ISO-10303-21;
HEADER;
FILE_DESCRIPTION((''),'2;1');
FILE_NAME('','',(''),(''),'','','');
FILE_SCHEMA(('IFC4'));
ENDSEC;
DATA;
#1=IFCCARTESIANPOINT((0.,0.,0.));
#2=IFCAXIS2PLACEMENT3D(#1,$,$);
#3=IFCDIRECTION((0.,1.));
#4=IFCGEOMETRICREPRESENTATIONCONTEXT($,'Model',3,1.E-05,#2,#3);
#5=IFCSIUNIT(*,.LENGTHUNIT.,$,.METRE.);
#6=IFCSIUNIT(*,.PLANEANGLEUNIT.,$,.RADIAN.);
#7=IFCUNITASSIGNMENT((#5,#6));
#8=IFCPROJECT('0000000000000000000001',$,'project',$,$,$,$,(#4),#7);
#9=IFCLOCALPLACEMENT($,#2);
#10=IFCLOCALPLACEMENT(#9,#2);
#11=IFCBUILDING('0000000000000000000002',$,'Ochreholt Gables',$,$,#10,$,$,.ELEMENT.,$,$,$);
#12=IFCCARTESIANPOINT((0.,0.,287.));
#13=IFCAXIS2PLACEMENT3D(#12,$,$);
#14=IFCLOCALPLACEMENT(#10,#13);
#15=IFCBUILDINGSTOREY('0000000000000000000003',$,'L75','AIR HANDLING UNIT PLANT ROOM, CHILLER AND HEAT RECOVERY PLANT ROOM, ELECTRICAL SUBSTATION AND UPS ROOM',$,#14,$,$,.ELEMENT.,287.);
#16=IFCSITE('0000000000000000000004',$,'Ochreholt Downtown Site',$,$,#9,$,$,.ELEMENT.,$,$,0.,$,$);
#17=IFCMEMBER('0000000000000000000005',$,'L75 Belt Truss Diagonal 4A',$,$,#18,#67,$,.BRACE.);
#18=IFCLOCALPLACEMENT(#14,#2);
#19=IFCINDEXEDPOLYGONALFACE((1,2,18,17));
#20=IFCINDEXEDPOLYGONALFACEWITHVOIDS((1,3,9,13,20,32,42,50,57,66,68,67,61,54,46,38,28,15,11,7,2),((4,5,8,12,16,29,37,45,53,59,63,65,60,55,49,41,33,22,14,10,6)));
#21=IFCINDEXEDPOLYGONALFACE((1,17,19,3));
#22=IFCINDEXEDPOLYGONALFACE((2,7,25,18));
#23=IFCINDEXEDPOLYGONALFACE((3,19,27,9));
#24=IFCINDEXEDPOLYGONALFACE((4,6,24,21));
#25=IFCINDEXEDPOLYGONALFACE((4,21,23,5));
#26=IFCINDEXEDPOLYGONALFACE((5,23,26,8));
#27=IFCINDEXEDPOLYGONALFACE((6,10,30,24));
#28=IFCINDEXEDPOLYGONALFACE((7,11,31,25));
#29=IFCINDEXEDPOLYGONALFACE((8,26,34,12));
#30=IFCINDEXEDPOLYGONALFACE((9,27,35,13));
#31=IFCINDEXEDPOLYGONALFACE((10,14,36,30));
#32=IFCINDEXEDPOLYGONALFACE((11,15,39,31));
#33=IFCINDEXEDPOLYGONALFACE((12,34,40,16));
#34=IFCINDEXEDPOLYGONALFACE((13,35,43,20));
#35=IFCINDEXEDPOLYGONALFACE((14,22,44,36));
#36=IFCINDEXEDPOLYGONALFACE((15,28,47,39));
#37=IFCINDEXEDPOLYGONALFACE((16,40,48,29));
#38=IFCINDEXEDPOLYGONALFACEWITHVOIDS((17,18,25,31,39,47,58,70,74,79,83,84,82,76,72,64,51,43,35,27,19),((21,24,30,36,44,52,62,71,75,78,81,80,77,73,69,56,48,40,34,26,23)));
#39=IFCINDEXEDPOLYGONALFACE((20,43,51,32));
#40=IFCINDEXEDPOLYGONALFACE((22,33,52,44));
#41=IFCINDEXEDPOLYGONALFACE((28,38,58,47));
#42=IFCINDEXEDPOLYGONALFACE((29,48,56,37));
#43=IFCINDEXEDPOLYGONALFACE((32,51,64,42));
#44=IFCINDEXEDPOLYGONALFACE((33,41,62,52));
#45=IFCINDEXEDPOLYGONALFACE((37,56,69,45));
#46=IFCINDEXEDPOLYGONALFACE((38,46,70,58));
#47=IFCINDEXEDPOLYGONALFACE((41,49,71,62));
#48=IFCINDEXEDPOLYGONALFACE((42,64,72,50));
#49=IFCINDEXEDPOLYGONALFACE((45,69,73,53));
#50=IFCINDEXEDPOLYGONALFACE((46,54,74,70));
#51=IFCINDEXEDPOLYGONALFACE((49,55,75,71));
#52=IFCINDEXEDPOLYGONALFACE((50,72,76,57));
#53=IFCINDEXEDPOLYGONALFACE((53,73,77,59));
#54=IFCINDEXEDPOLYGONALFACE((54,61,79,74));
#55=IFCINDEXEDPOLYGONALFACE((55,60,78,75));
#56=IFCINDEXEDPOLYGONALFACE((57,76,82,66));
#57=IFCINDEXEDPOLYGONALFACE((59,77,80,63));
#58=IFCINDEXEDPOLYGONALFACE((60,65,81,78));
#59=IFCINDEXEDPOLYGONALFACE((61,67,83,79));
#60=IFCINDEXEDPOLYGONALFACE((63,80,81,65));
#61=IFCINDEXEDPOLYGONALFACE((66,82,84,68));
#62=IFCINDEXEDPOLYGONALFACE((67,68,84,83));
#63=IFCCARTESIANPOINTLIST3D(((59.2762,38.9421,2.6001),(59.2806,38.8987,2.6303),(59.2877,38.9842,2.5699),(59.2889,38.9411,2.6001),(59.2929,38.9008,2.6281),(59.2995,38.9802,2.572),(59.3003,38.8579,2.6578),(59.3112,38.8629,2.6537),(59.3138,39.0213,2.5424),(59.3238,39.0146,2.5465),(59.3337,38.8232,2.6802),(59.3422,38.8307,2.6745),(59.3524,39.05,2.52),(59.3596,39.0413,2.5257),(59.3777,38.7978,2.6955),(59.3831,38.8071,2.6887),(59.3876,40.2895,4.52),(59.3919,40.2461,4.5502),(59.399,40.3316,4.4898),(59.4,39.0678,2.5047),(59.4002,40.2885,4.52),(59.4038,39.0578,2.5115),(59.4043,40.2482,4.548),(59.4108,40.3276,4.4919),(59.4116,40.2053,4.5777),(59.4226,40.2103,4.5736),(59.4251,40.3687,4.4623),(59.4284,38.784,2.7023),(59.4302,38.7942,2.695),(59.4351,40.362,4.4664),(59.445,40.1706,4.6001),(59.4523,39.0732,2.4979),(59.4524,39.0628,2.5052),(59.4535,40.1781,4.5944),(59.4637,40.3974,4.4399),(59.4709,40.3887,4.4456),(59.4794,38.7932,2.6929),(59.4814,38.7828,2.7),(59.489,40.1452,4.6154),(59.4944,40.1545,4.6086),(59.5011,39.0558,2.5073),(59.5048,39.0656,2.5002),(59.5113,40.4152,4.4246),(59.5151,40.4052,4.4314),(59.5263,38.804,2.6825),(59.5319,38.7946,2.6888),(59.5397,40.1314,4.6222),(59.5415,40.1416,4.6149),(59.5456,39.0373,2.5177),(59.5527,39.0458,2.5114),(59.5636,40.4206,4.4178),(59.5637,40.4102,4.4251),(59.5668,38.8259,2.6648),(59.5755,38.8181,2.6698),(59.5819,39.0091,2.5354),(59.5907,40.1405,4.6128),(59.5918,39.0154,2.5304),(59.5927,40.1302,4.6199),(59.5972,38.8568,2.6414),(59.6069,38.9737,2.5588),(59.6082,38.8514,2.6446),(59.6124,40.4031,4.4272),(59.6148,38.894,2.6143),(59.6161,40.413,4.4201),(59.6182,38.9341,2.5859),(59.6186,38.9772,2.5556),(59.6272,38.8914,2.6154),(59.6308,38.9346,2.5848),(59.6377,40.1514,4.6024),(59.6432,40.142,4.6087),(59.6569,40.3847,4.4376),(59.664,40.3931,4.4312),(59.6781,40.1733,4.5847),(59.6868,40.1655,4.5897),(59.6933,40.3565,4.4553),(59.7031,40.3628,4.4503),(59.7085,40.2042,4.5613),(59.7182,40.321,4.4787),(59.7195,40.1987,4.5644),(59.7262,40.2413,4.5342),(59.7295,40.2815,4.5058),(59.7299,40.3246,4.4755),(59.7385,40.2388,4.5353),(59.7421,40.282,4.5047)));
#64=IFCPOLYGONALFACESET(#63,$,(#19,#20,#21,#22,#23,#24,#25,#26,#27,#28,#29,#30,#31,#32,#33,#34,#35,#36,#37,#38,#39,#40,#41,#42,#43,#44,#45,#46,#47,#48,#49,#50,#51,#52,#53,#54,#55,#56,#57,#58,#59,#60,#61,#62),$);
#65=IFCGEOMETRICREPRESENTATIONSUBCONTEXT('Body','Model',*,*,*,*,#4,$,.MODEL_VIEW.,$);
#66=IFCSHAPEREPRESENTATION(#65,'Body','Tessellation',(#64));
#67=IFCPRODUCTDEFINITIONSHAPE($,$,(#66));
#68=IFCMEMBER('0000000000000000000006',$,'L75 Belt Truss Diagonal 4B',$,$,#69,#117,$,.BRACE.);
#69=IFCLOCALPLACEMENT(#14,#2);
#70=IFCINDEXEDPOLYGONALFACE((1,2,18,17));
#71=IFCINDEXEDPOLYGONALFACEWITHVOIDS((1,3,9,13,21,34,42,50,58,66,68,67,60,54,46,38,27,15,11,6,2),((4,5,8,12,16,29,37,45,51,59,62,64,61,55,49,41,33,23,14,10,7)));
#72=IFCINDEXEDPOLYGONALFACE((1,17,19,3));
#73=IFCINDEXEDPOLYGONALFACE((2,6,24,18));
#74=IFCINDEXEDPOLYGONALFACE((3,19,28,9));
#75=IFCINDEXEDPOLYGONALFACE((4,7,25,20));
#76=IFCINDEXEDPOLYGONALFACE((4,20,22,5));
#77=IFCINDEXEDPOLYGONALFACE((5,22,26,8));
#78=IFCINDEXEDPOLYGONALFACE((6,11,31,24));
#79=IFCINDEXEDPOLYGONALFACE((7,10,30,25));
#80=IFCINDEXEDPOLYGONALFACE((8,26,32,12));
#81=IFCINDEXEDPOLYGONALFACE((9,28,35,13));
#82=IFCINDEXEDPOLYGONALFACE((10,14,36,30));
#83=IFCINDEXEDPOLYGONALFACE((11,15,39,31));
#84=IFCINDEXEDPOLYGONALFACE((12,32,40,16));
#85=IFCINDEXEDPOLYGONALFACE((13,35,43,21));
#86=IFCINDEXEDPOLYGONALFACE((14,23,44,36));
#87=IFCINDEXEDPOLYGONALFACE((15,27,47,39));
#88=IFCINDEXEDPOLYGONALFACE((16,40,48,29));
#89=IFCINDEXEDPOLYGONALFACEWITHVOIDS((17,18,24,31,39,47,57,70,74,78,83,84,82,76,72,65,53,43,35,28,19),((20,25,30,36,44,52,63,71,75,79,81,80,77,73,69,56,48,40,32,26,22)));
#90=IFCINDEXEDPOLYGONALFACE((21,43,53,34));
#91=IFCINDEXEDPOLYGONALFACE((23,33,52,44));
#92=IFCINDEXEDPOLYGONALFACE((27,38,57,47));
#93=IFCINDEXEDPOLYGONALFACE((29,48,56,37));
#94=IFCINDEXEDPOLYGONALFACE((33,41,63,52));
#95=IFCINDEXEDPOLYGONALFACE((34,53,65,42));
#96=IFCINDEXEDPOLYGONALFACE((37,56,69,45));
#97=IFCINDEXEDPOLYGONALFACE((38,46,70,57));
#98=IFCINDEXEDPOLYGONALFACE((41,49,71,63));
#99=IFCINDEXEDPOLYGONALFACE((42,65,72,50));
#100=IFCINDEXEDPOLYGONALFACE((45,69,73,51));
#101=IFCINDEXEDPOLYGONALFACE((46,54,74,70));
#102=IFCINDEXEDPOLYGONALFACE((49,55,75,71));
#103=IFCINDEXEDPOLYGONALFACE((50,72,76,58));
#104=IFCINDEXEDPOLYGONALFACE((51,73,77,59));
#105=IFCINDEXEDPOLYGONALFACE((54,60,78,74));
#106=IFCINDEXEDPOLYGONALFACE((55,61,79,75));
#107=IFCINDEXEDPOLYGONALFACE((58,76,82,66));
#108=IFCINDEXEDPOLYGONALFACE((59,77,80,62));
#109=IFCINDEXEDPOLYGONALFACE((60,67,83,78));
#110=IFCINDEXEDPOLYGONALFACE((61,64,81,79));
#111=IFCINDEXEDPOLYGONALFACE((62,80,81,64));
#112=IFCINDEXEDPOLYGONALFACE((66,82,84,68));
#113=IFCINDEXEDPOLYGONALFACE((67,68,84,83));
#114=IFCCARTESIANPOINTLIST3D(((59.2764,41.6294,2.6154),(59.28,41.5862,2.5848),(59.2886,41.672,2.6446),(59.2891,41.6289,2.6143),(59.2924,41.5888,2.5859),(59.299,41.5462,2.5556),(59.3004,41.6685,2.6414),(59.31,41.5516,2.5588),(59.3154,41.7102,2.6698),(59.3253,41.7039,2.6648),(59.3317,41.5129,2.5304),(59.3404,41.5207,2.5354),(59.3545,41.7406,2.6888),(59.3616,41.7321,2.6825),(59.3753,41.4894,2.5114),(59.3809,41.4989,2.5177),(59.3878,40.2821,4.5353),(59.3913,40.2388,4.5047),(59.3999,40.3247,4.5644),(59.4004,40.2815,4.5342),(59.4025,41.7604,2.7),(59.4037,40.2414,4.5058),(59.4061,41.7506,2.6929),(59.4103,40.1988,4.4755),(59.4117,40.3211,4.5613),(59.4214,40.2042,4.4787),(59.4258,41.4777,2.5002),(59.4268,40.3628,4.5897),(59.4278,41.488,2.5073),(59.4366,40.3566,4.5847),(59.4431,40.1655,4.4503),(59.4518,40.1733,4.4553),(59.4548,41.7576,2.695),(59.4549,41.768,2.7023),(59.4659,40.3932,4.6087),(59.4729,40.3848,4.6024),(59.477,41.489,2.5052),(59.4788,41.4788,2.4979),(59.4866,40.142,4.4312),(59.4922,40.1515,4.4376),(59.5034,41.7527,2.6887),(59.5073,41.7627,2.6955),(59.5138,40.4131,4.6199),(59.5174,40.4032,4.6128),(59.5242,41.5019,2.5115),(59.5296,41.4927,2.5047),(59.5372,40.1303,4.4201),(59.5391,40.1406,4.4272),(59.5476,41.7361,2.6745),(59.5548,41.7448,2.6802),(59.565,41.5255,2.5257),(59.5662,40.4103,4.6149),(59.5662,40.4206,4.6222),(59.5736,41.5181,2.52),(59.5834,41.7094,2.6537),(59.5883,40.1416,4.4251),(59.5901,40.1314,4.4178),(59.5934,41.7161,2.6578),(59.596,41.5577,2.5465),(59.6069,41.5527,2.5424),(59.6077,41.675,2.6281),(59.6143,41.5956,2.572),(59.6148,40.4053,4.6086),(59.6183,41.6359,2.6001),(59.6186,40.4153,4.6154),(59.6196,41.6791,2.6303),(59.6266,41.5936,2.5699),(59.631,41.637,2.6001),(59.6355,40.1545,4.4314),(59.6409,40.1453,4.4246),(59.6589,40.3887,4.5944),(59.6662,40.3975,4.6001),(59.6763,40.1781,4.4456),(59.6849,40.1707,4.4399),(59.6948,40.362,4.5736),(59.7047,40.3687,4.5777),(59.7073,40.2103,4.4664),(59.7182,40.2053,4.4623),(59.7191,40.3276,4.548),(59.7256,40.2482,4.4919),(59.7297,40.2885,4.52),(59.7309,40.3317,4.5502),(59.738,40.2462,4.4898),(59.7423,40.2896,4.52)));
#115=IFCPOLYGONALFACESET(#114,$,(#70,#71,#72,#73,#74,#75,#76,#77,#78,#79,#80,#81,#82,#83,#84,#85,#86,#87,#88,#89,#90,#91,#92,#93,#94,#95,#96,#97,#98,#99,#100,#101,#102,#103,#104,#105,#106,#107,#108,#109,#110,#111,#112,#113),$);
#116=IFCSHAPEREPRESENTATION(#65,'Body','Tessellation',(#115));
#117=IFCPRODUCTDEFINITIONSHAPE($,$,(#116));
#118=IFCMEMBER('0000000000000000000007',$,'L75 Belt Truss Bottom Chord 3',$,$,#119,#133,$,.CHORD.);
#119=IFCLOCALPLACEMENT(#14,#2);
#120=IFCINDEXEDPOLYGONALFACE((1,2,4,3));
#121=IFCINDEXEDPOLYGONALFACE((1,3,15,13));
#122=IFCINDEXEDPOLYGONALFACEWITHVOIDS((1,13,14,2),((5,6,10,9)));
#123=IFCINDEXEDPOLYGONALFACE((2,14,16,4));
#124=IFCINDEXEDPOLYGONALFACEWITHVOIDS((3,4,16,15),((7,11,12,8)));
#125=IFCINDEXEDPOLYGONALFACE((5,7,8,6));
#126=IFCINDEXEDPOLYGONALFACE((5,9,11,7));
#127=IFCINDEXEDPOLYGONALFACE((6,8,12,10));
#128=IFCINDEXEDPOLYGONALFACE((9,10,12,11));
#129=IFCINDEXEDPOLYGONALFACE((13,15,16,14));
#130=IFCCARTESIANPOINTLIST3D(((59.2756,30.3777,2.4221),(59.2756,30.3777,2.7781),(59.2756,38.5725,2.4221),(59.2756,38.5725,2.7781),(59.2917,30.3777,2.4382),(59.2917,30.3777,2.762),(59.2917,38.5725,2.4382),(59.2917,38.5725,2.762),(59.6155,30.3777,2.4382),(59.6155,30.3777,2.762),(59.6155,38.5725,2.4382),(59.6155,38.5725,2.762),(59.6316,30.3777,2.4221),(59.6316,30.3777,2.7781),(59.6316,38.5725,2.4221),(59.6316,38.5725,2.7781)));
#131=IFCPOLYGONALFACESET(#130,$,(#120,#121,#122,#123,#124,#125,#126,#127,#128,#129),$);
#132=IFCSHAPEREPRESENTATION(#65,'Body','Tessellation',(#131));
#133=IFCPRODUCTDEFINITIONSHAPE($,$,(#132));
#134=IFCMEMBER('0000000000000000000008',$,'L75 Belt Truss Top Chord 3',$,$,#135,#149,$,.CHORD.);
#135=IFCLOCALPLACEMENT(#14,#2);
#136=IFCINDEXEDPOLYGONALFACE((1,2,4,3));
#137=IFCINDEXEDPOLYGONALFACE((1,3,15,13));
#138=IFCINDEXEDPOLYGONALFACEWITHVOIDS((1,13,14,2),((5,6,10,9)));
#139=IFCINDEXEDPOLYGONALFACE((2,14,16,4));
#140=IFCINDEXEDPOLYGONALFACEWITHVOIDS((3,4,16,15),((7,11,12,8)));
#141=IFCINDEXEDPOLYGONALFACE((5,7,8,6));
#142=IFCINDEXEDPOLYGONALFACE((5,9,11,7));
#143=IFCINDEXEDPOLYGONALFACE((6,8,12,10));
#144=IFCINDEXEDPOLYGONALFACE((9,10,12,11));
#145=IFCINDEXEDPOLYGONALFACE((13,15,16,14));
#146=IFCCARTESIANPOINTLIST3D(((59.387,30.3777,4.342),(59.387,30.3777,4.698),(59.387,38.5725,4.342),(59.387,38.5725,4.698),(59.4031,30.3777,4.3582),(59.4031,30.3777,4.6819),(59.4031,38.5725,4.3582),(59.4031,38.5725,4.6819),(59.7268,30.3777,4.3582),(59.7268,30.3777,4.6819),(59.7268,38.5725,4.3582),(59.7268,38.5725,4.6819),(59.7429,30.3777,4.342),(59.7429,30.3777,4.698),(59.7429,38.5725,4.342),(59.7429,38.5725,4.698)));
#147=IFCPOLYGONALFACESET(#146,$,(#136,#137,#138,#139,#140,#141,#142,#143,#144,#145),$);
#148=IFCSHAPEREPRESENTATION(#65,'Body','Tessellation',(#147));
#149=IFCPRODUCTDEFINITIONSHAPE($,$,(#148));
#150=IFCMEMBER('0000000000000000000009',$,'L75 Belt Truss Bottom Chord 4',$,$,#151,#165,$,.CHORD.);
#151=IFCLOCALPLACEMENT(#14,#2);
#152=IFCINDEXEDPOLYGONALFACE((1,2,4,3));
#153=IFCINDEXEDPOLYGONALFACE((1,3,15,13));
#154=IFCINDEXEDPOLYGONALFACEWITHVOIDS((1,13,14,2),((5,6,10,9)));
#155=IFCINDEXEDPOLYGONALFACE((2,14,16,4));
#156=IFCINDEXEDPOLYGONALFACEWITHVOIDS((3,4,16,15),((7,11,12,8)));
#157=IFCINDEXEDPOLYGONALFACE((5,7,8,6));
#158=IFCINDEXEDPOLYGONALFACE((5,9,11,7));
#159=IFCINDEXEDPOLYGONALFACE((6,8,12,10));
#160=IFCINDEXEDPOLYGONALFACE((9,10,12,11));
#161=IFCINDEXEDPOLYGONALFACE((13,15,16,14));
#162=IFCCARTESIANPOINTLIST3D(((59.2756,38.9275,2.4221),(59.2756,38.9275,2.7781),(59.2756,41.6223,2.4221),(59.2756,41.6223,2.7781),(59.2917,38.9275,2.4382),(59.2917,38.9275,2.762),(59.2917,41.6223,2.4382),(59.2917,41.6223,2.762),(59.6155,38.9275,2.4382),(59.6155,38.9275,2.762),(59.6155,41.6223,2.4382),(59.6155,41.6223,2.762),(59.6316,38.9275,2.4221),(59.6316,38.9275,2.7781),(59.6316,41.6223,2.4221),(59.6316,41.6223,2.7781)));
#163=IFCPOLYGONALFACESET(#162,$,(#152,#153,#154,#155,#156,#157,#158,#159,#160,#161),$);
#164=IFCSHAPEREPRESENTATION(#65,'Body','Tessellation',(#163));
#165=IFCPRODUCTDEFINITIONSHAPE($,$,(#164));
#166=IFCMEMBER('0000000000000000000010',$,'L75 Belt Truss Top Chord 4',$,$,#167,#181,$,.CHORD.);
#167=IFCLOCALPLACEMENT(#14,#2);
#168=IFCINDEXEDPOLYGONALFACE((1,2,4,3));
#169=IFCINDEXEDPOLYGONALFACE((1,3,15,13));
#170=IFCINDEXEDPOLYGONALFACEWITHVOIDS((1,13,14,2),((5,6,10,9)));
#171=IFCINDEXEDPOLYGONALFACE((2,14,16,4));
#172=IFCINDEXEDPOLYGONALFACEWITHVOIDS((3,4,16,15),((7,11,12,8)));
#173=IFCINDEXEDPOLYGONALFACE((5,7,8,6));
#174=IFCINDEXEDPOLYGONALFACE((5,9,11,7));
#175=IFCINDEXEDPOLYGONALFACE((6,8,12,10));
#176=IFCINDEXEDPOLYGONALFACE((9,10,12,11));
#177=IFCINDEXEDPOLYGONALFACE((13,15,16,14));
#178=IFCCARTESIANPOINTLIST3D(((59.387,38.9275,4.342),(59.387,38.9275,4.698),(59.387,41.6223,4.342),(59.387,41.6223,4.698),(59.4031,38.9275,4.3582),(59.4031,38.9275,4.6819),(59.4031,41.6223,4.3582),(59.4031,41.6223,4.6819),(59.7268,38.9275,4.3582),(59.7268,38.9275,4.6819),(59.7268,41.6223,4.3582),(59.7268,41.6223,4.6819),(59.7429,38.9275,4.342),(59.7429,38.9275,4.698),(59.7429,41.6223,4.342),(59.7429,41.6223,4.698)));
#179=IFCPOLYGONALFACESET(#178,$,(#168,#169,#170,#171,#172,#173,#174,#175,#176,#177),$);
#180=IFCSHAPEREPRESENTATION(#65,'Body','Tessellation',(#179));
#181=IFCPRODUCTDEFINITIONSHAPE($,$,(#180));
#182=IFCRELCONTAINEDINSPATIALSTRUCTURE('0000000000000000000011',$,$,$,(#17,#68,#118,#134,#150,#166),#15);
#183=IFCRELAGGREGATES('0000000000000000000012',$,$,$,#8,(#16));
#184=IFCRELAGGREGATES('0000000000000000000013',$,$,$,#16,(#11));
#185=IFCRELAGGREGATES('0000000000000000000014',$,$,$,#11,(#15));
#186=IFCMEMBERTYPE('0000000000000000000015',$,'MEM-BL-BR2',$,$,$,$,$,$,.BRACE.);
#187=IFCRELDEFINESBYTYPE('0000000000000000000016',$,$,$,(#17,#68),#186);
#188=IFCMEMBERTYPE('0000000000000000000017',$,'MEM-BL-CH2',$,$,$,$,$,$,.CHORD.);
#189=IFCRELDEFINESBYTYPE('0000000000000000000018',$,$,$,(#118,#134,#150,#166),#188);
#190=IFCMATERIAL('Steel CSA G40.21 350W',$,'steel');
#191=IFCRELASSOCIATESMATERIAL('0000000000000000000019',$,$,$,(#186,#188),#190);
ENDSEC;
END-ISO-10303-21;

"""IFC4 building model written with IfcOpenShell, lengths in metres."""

from ifc_helpers import new_model, si_unit, direction, frame, origin, origin_2d, place, context, subcontext, project, spatial, hollow_rectangle, hollow_circle, extrude, material, material_profile, profile_set, type_object, element, save


model = new_model("IFC4")

# Units and contexts
model_context = context("Model", 3, precision=1e-05, world=origin(), true_north=direction((0.0, 1.0)))
body_context = subcontext(model_context, "Body", "Model", "MODEL_VIEW")
ifc_project = project(units=[si_unit("LENGTHUNIT", "METRE"), si_unit("PLANEANGLEUNIT", "RADIAN")], contexts=[model_context])

# Site, building, storey
site_placement = place(None, origin())
site = spatial("IfcSite", under=ifc_project, at=site_placement, Name="Ochreholt Downtown Site", CompositionType="ELEMENT", RefElevation=0.0)
building_placement = place(site_placement, origin())
building = spatial("IfcBuilding", under=site, at=building_placement, Name="Ochreholt Gables", CompositionType="ELEMENT")
storey_placement = place(building_placement, frame((0.0, 0.0, 287.0)))
storey = spatial("IfcBuildingStorey", under=building, at=storey_placement, Name="L75", Description="AIR HANDLING UNIT PLANT ROOM, CHILLER AND HEAT RECOVERY PLANT ROOM, ELECTRICAL SUBSTATION AND UPS ROOM", CompositionType="ELEMENT", Elevation=287.0)

# Shared definitions
ifc_material_1 = material(Name="Steel CSA G40.21 350W", Category="steel")

# Members
ifc_material_profile_1 = material_profile(ifc_material_1, hollow_circle(Radius=0.178, WallThickness=0.0127, at=origin_2d()), Name="CHS356X13")
ifc_profile_set_1 = profile_set([ifc_material_profile_1], Name="Steel CSA G40.21 350W")
member_type_1 = type_object("IfcMemberType", Name="MEM-BL-BR2", PredefinedType="BRACE", material=ifc_profile_set_1)
for number, where, z_axis, x_axis, name in (
    (1, (59.4536, 38.9275, 2.6001), (0.04741, 0.573808, 0.817617), (-0.996604, 0.082343, 0.0), "L75 Belt Truss Diagonal 4A"),
    (2, (59.4536, 41.6223, 2.6001), (0.04741, -0.573808, 0.817617), (0.996604, 0.082343, 0.0), "L75 Belt Truss Diagonal 4B"),
):
    element("IfcMember", number, at=place(storey_placement, frame(where, z_axis=z_axis, x_axis=x_axis)), inside=storey, type_object=member_type_1, Name=name, PredefinedType="BRACE", context=body_context, shape_type="SweptSolid", body=[
        extrude(hollow_circle(Radius=0.178, WallThickness=0.0127, at=origin_2d()), origin(), (0.0, 0.0, 1.0), 2.3481),
    ])
ifc_material_profile_2 = material_profile(ifc_material_1, hollow_rectangle(XDim=0.356, YDim=0.356, WallThickness=0.0161, at=origin_2d()), Name="HSS356X356X16")
ifc_profile_set_2 = profile_set([ifc_material_profile_2], Name="Steel CSA G40.21 350W")
member_type_2 = type_object("IfcMemberType", Name="MEM-BL-CH2", PredefinedType="CHORD", material=ifc_profile_set_2)
for number, where, z_axis, x_axis, name in (
    (3, (59.4536, 30.3777, 2.6001), (0.0, 1.0, 0.0), (-1.0, 0.0, 0.0), "L75 Belt Truss Bottom Chord 3"),
    (4, (59.5649, 30.3777, 4.52), (0.0, 1.0, 0.0), (-1.0, 0.0, 0.0), "L75 Belt Truss Top Chord 3"),
):
    element("IfcMember", number, at=place(storey_placement, frame(where, z_axis=z_axis, x_axis=x_axis)), inside=storey, type_object=member_type_2, Name=name, PredefinedType="CHORD", context=body_context, shape_type="SweptSolid", body=[
        extrude(hollow_rectangle(XDim=0.356, YDim=0.356, WallThickness=0.0161, at=origin_2d()), origin(), (0.0, 0.0, 1.0), 8.1948),
    ])
for number, where, z_axis, x_axis, name in (
    (5, (59.4536, 38.9275, 2.6001), (0.0, 1.0, 0.0), (-1.0, 0.0, 0.0), "L75 Belt Truss Bottom Chord 4"),
    (6, (59.5649, 38.9275, 4.52), (0.0, 1.0, 0.0), (-1.0, 0.0, 0.0), "L75 Belt Truss Top Chord 4"),
):
    element("IfcMember", number, at=place(storey_placement, frame(where, z_axis=z_axis, x_axis=x_axis)), inside=storey, type_object=member_type_2, Name=name, PredefinedType="CHORD", context=body_context, shape_type="SweptSolid", body=[
        extrude(hollow_rectangle(XDim=0.356, YDim=0.356, WallThickness=0.0161, at=origin_2d()), origin(), (0.0, 0.0, 1.0), 2.6948),
    ])

save(model, "model.ifc")
